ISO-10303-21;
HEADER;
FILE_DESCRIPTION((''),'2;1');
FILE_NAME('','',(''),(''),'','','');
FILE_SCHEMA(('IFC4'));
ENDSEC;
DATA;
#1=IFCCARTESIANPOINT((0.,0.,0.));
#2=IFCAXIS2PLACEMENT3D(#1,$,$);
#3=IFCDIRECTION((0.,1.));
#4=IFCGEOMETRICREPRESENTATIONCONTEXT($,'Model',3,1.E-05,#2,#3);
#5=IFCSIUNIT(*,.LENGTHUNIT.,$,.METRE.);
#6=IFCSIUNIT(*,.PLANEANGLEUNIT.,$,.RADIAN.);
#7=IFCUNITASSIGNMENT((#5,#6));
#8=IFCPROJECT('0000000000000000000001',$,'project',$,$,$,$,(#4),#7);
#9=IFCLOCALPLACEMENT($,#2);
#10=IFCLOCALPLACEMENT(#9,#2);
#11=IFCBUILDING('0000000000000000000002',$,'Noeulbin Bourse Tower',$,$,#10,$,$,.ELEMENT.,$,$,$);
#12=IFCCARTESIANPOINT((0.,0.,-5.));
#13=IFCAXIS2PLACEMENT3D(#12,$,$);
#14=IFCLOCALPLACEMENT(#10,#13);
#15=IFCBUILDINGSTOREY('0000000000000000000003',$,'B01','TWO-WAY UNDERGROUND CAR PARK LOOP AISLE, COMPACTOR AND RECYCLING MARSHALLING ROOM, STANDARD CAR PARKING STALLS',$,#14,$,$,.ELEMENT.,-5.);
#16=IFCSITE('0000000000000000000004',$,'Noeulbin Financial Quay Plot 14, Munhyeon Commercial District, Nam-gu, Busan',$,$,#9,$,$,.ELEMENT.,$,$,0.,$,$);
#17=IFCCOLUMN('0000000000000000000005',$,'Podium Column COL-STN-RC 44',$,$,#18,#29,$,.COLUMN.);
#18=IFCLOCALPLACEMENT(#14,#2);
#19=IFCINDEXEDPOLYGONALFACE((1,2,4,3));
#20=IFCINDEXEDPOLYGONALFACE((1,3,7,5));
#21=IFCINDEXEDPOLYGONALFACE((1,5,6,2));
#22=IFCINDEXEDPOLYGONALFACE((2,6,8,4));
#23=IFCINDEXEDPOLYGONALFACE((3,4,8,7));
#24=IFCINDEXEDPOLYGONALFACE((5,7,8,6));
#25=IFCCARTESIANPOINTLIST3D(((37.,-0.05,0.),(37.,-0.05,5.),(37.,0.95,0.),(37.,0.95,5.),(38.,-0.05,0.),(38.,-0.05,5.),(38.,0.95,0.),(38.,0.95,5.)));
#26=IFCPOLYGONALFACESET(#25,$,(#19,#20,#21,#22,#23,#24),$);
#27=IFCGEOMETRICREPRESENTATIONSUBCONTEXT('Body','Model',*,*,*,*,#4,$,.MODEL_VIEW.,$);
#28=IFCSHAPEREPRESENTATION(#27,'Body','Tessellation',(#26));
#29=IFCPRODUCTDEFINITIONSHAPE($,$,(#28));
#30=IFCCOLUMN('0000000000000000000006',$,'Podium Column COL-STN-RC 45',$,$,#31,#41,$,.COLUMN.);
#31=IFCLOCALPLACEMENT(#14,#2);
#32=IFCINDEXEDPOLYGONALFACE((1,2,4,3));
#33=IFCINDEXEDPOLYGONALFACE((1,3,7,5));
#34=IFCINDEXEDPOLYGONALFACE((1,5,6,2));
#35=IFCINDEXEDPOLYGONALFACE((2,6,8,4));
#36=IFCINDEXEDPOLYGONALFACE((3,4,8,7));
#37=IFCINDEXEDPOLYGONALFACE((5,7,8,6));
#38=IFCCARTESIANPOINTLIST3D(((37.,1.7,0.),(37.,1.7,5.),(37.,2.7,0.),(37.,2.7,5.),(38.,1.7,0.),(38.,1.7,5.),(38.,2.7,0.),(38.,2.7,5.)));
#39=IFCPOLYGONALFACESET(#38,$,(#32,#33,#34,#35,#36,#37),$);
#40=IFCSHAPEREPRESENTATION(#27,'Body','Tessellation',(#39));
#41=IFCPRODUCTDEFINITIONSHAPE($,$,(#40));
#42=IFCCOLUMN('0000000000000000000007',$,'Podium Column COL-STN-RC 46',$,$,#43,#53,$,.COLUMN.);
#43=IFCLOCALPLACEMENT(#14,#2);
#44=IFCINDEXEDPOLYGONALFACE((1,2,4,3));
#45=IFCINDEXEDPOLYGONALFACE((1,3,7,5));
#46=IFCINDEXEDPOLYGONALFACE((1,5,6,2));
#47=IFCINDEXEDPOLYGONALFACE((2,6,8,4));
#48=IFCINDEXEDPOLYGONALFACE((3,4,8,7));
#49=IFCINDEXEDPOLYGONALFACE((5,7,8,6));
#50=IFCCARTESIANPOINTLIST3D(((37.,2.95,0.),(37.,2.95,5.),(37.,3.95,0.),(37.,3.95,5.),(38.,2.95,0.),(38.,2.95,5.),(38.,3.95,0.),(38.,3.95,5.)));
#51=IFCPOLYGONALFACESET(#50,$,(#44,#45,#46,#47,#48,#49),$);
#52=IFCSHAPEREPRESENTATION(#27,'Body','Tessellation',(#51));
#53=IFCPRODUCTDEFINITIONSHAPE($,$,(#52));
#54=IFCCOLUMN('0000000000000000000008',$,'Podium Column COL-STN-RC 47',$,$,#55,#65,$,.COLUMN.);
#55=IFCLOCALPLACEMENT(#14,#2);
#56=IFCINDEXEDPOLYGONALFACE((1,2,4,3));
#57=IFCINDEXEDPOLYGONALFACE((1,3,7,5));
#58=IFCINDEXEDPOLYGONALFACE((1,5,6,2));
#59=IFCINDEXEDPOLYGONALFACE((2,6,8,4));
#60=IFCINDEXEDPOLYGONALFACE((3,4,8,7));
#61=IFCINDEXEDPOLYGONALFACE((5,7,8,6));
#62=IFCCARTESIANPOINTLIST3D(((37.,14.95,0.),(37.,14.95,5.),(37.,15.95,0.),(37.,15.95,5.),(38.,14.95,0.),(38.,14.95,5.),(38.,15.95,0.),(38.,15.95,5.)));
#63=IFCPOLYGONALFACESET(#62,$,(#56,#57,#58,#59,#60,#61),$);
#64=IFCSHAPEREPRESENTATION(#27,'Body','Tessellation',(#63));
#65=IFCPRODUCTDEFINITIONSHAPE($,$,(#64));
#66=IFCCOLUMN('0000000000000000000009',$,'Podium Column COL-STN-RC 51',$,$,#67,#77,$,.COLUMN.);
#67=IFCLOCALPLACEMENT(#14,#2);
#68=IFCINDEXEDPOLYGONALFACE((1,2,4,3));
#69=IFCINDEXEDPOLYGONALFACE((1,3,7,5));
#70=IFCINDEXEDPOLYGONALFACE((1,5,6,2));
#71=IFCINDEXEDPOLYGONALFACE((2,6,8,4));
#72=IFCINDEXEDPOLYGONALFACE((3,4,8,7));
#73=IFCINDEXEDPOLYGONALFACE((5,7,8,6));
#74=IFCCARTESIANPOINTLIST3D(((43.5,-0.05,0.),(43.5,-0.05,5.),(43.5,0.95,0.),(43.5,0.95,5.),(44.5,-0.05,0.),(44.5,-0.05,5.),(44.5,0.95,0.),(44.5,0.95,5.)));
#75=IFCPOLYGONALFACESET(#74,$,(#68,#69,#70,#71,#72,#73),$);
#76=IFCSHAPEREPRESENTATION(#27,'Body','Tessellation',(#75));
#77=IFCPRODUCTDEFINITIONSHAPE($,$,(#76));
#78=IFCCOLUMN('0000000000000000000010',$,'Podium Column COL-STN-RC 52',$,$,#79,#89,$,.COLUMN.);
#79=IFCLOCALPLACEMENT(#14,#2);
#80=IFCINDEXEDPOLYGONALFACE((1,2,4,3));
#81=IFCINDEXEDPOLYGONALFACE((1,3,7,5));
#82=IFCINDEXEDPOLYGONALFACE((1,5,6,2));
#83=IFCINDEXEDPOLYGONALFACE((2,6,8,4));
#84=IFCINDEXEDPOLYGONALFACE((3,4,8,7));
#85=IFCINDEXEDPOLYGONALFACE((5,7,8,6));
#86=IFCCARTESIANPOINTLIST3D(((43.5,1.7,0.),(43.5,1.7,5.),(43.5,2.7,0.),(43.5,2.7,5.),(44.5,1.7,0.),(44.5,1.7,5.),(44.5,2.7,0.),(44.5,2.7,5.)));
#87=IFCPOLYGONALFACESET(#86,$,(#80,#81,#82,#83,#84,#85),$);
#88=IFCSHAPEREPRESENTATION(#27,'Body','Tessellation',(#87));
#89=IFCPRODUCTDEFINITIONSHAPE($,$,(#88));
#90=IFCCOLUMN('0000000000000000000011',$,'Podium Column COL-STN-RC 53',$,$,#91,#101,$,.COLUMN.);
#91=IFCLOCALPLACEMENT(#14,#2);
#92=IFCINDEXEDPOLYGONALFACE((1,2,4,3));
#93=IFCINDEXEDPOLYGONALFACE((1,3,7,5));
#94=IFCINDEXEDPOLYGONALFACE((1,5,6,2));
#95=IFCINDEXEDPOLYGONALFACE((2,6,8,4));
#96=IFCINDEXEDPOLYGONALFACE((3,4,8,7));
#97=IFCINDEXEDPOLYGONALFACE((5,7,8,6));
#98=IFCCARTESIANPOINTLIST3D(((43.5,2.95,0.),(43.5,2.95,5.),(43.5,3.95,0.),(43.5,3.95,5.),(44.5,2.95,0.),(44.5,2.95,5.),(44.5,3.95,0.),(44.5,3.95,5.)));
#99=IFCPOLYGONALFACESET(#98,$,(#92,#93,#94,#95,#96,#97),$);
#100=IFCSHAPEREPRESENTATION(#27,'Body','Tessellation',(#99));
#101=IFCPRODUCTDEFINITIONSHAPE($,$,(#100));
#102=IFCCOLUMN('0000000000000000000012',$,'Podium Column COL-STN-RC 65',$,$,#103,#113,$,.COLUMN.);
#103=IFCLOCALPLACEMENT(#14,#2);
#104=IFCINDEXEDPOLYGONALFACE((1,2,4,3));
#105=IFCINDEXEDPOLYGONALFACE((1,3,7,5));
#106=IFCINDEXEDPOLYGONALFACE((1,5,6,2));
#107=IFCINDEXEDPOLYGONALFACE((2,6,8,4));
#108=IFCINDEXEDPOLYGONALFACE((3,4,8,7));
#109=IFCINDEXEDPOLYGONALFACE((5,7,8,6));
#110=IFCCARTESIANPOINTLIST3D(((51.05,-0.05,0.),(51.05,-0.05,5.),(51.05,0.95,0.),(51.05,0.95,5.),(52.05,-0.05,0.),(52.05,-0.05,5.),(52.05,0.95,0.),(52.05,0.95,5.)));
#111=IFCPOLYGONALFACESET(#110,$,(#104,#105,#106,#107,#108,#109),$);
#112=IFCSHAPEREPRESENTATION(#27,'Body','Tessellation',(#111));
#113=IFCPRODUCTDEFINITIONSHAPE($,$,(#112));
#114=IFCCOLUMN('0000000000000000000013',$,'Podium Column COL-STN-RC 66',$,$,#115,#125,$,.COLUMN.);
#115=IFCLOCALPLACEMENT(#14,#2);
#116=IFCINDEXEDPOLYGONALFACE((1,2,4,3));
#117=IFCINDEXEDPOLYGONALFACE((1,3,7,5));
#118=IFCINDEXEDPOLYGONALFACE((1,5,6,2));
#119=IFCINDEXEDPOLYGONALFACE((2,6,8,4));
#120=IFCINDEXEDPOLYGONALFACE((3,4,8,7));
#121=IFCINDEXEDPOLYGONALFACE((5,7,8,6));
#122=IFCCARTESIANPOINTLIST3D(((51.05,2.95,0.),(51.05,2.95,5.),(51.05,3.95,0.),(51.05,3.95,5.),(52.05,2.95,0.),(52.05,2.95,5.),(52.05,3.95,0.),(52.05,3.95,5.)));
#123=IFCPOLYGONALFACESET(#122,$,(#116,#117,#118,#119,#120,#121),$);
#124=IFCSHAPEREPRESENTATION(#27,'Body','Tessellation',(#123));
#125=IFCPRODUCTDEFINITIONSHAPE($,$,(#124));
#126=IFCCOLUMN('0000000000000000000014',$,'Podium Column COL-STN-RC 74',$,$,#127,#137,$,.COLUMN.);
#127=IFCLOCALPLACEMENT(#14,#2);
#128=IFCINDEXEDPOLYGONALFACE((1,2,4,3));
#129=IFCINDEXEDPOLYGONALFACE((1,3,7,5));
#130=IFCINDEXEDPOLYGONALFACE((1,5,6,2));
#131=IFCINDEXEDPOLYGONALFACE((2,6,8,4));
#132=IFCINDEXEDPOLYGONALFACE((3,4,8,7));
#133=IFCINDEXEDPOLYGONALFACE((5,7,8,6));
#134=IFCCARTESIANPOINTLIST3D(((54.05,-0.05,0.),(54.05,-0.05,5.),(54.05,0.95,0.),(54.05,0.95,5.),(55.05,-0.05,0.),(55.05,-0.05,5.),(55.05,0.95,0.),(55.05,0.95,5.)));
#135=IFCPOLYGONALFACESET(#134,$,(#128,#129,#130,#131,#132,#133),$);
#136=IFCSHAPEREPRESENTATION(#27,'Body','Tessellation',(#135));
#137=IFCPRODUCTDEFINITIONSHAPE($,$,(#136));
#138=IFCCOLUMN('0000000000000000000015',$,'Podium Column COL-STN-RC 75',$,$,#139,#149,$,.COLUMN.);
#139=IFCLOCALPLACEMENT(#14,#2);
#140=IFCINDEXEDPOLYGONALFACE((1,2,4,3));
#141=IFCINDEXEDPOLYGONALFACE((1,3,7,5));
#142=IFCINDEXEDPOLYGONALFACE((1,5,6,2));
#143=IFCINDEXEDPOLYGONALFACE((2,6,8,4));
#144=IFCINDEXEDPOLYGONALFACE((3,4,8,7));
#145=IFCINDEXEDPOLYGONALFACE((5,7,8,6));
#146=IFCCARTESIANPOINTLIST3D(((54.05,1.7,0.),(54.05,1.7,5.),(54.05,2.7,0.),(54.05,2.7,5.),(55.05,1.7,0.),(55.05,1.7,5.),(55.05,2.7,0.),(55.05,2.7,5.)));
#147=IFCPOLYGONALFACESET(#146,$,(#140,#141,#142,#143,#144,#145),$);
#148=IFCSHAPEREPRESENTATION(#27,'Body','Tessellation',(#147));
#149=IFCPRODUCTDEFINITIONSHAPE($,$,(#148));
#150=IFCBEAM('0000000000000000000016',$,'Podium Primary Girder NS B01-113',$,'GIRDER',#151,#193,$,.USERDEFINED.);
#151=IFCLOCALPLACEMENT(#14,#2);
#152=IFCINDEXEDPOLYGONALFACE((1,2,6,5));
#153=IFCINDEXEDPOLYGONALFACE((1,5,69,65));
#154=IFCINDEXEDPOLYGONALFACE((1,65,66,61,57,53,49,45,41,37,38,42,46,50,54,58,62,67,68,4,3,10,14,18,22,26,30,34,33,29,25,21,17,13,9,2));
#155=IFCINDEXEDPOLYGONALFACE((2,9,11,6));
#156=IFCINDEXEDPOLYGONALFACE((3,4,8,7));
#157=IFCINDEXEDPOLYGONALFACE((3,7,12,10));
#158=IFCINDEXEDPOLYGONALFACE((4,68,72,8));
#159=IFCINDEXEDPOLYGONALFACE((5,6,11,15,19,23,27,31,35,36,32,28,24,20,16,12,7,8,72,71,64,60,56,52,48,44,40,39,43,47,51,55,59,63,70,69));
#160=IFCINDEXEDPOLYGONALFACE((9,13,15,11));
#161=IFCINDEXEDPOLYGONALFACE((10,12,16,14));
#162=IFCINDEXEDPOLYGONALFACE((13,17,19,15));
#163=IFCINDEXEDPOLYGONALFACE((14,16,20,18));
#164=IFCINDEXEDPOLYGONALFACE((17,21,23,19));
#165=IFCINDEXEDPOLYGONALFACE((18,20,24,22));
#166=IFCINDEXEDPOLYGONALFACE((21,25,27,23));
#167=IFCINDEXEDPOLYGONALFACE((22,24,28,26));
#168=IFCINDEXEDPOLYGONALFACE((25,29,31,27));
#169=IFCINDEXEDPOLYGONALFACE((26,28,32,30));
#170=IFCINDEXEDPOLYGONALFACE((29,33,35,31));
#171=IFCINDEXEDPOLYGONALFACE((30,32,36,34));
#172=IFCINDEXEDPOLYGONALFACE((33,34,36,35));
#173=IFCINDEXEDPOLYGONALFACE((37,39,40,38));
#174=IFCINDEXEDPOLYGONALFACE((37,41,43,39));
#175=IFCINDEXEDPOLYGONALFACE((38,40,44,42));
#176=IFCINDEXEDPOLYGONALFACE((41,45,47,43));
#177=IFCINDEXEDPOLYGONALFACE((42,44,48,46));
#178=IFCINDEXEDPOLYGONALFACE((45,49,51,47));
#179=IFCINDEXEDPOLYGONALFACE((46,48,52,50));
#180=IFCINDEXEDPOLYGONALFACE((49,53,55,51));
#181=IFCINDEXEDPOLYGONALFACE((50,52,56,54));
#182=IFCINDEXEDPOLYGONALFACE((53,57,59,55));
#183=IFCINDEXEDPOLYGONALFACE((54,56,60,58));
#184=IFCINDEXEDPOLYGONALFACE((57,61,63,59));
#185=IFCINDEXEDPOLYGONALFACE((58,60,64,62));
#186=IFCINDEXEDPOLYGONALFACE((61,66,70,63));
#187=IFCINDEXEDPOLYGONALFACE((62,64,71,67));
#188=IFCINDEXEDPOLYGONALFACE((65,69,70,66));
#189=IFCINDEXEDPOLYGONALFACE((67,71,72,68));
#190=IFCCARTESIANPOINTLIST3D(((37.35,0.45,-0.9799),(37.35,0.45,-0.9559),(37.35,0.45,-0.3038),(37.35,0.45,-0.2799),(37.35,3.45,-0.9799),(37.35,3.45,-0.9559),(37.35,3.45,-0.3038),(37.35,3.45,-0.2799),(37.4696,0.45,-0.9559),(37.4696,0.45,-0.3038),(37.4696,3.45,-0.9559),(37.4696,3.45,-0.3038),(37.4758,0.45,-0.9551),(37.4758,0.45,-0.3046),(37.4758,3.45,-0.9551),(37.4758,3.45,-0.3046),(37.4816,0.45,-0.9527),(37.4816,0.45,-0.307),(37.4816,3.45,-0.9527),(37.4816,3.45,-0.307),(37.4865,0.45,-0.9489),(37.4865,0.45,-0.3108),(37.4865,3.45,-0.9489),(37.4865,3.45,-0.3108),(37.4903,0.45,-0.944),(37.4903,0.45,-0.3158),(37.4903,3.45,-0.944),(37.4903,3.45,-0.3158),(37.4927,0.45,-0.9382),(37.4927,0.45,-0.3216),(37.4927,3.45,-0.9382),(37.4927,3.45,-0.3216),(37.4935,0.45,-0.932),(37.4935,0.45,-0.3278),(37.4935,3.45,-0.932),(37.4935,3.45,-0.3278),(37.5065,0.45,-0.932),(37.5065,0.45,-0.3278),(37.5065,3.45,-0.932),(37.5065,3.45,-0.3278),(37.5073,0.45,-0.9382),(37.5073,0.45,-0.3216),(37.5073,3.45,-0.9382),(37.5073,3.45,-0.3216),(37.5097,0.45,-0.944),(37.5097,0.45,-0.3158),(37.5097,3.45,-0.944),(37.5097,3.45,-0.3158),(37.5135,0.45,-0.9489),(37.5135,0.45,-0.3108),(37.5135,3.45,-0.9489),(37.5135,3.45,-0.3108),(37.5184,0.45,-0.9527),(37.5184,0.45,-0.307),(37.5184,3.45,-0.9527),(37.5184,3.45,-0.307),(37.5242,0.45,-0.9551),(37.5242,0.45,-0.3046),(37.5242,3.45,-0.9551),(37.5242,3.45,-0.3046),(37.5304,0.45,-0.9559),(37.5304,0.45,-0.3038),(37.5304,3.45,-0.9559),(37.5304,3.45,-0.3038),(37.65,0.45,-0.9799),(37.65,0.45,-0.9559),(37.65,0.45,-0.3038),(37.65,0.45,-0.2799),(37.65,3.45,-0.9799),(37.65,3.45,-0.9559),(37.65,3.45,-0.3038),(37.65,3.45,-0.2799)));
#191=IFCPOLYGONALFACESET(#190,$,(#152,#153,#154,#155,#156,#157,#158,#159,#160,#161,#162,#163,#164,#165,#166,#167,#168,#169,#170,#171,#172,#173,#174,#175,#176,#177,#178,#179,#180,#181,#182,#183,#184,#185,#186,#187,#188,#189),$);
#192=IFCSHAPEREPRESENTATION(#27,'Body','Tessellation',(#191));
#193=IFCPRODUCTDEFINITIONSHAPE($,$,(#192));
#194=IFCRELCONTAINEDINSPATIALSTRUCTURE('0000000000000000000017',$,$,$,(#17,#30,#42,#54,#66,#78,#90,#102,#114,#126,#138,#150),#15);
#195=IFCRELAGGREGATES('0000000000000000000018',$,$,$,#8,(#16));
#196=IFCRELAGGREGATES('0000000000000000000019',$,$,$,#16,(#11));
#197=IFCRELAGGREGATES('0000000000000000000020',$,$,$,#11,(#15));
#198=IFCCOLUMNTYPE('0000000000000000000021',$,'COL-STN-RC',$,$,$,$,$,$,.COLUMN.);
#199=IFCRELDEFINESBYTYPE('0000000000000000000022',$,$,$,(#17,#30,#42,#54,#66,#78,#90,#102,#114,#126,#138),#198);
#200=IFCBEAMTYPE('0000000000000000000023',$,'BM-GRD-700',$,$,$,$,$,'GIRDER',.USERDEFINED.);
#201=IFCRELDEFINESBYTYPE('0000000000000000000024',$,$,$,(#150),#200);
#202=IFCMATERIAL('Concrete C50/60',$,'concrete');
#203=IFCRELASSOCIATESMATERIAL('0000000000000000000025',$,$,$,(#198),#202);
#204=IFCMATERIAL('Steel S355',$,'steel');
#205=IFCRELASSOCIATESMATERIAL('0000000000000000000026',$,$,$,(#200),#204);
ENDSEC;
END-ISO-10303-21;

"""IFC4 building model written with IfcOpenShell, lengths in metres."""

from ifc_helpers import new_model, si_unit, direction, frame, origin, origin_2d, place, context, subcontext, project, spatial, rectangle, i_section, extrude, material, material_profile, profile_set, type_object, element, save


model = new_model("IFC4")

# Units and contexts
model_context = context("Model", 3, precision=1e-05, world=origin(), true_north=direction((0.0, 1.0)))
body_context = subcontext(model_context, "Body", "Model", "MODEL_VIEW")
ifc_project = project(units=[si_unit("LENGTHUNIT", "METRE"), si_unit("PLANEANGLEUNIT", "RADIAN")], contexts=[model_context])

# Site, building, storey
site_placement = place(None, origin())
site = spatial("IfcSite", under=ifc_project, at=site_placement, Name="Noeulbin Financial Quay Plot 14, Munhyeon Commercial District, Nam-gu, Busan", CompositionType="ELEMENT", RefElevation=0.0)
building_placement = place(site_placement, origin())
building = spatial("IfcBuilding", under=site, at=building_placement, Name="Noeulbin Bourse Tower", CompositionType="ELEMENT")
storey_placement = place(building_placement, frame((0.0, 0.0, -5.0)))
storey = spatial("IfcBuildingStorey", under=building, at=storey_placement, Name="B01", Description="TWO-WAY UNDERGROUND CAR PARK LOOP AISLE, COMPACTOR AND RECYCLING MARSHALLING ROOM, STANDARD CAR PARKING STALLS", CompositionType="ELEMENT", Elevation=-5.0)

# Columns
ifc_material_1 = material(Name="Concrete C50/60", Category="concrete")
ifc_material_profile_1 = material_profile(ifc_material_1, rectangle(XDim=1.0, YDim=1.0, at=origin_2d()), Name="RC-COL-1000x1000", Category="LoadBearing")
ifc_profile_set_1 = profile_set([ifc_material_profile_1], Name="Concrete C50/60")
column_type = type_object("IfcColumnType", Name="COL-STN-RC", PredefinedType="COLUMN", material=ifc_profile_set_1)
for number, where, z_axis, x_axis, name in (
    (1, (37.5, 0.45, 0.0), (0.0, 0.0, 1.0), (1.0, 0.0, 0.0), "Podium Column COL-STN-RC 44"),
    (2, (37.5, 2.2, 0.0), (0.0, 0.0, 1.0), (1.0, 0.0, 0.0), "Podium Column COL-STN-RC 45"),
    (3, (37.5, 3.45, 0.0), (0.0, 0.0, 1.0), (1.0, 0.0, 0.0), "Podium Column COL-STN-RC 46"),
    (4, (37.5, 15.45, 0.0), (0.0, 0.0, 1.0), (1.0, 0.0, 0.0), "Podium Column COL-STN-RC 47"),
    (5, (44.0, 0.45, 0.0), (0.0, 0.0, 1.0), (1.0, 0.0, 0.0), "Podium Column COL-STN-RC 51"),
    (6, (44.0, 2.2, 0.0), (0.0, 0.0, 1.0), (1.0, 0.0, 0.0), "Podium Column COL-STN-RC 52"),
    (7, (44.0, 3.45, 0.0), (0.0, 0.0, 1.0), (1.0, 0.0, 0.0), "Podium Column COL-STN-RC 53"),
    (8, (51.55, 0.45, 0.0), (0.0, 0.0, 1.0), (1.0, 0.0, 0.0), "Podium Column COL-STN-RC 65"),
    (9, (51.55, 3.45, 0.0), (0.0, 0.0, 1.0), (1.0, 0.0, 0.0), "Podium Column COL-STN-RC 66"),
    (10, (54.55, 0.45, 0.0), (0.0, 0.0, 1.0), (1.0, 0.0, 0.0), "Podium Column COL-STN-RC 74"),
    (11, (54.55, 2.2, 0.0), (0.0, 0.0, 1.0), (1.0, 0.0, 0.0), "Podium Column COL-STN-RC 75"),
):
    element("IfcColumn", number, at=place(storey_placement, frame(where, z_axis=z_axis, x_axis=x_axis)), inside=storey, type_object=column_type, Name=name, PredefinedType="COLUMN", context=body_context, shape_type="SweptSolid", body=[
        extrude(rectangle(XDim=1.0, YDim=1.0, at=origin_2d()), origin(), (0.0, 0.0, 1.0), 5.0),
    ])

# Beam
ifc_material_2 = material(Name="Steel S355", Category="steel")
ifc_material_profile_2 = material_profile(ifc_material_2, i_section(OverallWidth=0.3, OverallDepth=0.7, WebThickness=0.0129, FlangeThickness=0.0239, FilletRadius=0.0239, at=origin_2d()), Name="H-700x300x13x24", Category="LoadBearing")
ifc_profile_set_2 = profile_set([ifc_material_profile_2], Name="Steel S355")
beam_type_1 = type_object("IfcBeamType", Name="BM-GRD-700", ElementType="GIRDER", PredefinedType="USERDEFINED", material=ifc_profile_set_2)
beam_1_placement = place(storey_placement, frame((37.5, 0.45, -0.6299), z_axis=(0.0, 1.0, 0.0), x_axis=(-1.0, 0.0, 0.0)))
element("IfcBeam", 12, at=beam_1_placement, inside=storey, type_object=beam_type_1, Name="Podium Primary Girder NS B01-113", ObjectType="GIRDER", PredefinedType="USERDEFINED", context=body_context, shape_type="SweptSolid", body=[
    extrude(i_section(OverallWidth=0.3, OverallDepth=0.7, WebThickness=0.0129, FlangeThickness=0.0239, FilletRadius=0.0239, at=origin_2d()), origin(), (0.0, 0.0, 1.0), 3.0),
])

save(model, "model.ifc")
